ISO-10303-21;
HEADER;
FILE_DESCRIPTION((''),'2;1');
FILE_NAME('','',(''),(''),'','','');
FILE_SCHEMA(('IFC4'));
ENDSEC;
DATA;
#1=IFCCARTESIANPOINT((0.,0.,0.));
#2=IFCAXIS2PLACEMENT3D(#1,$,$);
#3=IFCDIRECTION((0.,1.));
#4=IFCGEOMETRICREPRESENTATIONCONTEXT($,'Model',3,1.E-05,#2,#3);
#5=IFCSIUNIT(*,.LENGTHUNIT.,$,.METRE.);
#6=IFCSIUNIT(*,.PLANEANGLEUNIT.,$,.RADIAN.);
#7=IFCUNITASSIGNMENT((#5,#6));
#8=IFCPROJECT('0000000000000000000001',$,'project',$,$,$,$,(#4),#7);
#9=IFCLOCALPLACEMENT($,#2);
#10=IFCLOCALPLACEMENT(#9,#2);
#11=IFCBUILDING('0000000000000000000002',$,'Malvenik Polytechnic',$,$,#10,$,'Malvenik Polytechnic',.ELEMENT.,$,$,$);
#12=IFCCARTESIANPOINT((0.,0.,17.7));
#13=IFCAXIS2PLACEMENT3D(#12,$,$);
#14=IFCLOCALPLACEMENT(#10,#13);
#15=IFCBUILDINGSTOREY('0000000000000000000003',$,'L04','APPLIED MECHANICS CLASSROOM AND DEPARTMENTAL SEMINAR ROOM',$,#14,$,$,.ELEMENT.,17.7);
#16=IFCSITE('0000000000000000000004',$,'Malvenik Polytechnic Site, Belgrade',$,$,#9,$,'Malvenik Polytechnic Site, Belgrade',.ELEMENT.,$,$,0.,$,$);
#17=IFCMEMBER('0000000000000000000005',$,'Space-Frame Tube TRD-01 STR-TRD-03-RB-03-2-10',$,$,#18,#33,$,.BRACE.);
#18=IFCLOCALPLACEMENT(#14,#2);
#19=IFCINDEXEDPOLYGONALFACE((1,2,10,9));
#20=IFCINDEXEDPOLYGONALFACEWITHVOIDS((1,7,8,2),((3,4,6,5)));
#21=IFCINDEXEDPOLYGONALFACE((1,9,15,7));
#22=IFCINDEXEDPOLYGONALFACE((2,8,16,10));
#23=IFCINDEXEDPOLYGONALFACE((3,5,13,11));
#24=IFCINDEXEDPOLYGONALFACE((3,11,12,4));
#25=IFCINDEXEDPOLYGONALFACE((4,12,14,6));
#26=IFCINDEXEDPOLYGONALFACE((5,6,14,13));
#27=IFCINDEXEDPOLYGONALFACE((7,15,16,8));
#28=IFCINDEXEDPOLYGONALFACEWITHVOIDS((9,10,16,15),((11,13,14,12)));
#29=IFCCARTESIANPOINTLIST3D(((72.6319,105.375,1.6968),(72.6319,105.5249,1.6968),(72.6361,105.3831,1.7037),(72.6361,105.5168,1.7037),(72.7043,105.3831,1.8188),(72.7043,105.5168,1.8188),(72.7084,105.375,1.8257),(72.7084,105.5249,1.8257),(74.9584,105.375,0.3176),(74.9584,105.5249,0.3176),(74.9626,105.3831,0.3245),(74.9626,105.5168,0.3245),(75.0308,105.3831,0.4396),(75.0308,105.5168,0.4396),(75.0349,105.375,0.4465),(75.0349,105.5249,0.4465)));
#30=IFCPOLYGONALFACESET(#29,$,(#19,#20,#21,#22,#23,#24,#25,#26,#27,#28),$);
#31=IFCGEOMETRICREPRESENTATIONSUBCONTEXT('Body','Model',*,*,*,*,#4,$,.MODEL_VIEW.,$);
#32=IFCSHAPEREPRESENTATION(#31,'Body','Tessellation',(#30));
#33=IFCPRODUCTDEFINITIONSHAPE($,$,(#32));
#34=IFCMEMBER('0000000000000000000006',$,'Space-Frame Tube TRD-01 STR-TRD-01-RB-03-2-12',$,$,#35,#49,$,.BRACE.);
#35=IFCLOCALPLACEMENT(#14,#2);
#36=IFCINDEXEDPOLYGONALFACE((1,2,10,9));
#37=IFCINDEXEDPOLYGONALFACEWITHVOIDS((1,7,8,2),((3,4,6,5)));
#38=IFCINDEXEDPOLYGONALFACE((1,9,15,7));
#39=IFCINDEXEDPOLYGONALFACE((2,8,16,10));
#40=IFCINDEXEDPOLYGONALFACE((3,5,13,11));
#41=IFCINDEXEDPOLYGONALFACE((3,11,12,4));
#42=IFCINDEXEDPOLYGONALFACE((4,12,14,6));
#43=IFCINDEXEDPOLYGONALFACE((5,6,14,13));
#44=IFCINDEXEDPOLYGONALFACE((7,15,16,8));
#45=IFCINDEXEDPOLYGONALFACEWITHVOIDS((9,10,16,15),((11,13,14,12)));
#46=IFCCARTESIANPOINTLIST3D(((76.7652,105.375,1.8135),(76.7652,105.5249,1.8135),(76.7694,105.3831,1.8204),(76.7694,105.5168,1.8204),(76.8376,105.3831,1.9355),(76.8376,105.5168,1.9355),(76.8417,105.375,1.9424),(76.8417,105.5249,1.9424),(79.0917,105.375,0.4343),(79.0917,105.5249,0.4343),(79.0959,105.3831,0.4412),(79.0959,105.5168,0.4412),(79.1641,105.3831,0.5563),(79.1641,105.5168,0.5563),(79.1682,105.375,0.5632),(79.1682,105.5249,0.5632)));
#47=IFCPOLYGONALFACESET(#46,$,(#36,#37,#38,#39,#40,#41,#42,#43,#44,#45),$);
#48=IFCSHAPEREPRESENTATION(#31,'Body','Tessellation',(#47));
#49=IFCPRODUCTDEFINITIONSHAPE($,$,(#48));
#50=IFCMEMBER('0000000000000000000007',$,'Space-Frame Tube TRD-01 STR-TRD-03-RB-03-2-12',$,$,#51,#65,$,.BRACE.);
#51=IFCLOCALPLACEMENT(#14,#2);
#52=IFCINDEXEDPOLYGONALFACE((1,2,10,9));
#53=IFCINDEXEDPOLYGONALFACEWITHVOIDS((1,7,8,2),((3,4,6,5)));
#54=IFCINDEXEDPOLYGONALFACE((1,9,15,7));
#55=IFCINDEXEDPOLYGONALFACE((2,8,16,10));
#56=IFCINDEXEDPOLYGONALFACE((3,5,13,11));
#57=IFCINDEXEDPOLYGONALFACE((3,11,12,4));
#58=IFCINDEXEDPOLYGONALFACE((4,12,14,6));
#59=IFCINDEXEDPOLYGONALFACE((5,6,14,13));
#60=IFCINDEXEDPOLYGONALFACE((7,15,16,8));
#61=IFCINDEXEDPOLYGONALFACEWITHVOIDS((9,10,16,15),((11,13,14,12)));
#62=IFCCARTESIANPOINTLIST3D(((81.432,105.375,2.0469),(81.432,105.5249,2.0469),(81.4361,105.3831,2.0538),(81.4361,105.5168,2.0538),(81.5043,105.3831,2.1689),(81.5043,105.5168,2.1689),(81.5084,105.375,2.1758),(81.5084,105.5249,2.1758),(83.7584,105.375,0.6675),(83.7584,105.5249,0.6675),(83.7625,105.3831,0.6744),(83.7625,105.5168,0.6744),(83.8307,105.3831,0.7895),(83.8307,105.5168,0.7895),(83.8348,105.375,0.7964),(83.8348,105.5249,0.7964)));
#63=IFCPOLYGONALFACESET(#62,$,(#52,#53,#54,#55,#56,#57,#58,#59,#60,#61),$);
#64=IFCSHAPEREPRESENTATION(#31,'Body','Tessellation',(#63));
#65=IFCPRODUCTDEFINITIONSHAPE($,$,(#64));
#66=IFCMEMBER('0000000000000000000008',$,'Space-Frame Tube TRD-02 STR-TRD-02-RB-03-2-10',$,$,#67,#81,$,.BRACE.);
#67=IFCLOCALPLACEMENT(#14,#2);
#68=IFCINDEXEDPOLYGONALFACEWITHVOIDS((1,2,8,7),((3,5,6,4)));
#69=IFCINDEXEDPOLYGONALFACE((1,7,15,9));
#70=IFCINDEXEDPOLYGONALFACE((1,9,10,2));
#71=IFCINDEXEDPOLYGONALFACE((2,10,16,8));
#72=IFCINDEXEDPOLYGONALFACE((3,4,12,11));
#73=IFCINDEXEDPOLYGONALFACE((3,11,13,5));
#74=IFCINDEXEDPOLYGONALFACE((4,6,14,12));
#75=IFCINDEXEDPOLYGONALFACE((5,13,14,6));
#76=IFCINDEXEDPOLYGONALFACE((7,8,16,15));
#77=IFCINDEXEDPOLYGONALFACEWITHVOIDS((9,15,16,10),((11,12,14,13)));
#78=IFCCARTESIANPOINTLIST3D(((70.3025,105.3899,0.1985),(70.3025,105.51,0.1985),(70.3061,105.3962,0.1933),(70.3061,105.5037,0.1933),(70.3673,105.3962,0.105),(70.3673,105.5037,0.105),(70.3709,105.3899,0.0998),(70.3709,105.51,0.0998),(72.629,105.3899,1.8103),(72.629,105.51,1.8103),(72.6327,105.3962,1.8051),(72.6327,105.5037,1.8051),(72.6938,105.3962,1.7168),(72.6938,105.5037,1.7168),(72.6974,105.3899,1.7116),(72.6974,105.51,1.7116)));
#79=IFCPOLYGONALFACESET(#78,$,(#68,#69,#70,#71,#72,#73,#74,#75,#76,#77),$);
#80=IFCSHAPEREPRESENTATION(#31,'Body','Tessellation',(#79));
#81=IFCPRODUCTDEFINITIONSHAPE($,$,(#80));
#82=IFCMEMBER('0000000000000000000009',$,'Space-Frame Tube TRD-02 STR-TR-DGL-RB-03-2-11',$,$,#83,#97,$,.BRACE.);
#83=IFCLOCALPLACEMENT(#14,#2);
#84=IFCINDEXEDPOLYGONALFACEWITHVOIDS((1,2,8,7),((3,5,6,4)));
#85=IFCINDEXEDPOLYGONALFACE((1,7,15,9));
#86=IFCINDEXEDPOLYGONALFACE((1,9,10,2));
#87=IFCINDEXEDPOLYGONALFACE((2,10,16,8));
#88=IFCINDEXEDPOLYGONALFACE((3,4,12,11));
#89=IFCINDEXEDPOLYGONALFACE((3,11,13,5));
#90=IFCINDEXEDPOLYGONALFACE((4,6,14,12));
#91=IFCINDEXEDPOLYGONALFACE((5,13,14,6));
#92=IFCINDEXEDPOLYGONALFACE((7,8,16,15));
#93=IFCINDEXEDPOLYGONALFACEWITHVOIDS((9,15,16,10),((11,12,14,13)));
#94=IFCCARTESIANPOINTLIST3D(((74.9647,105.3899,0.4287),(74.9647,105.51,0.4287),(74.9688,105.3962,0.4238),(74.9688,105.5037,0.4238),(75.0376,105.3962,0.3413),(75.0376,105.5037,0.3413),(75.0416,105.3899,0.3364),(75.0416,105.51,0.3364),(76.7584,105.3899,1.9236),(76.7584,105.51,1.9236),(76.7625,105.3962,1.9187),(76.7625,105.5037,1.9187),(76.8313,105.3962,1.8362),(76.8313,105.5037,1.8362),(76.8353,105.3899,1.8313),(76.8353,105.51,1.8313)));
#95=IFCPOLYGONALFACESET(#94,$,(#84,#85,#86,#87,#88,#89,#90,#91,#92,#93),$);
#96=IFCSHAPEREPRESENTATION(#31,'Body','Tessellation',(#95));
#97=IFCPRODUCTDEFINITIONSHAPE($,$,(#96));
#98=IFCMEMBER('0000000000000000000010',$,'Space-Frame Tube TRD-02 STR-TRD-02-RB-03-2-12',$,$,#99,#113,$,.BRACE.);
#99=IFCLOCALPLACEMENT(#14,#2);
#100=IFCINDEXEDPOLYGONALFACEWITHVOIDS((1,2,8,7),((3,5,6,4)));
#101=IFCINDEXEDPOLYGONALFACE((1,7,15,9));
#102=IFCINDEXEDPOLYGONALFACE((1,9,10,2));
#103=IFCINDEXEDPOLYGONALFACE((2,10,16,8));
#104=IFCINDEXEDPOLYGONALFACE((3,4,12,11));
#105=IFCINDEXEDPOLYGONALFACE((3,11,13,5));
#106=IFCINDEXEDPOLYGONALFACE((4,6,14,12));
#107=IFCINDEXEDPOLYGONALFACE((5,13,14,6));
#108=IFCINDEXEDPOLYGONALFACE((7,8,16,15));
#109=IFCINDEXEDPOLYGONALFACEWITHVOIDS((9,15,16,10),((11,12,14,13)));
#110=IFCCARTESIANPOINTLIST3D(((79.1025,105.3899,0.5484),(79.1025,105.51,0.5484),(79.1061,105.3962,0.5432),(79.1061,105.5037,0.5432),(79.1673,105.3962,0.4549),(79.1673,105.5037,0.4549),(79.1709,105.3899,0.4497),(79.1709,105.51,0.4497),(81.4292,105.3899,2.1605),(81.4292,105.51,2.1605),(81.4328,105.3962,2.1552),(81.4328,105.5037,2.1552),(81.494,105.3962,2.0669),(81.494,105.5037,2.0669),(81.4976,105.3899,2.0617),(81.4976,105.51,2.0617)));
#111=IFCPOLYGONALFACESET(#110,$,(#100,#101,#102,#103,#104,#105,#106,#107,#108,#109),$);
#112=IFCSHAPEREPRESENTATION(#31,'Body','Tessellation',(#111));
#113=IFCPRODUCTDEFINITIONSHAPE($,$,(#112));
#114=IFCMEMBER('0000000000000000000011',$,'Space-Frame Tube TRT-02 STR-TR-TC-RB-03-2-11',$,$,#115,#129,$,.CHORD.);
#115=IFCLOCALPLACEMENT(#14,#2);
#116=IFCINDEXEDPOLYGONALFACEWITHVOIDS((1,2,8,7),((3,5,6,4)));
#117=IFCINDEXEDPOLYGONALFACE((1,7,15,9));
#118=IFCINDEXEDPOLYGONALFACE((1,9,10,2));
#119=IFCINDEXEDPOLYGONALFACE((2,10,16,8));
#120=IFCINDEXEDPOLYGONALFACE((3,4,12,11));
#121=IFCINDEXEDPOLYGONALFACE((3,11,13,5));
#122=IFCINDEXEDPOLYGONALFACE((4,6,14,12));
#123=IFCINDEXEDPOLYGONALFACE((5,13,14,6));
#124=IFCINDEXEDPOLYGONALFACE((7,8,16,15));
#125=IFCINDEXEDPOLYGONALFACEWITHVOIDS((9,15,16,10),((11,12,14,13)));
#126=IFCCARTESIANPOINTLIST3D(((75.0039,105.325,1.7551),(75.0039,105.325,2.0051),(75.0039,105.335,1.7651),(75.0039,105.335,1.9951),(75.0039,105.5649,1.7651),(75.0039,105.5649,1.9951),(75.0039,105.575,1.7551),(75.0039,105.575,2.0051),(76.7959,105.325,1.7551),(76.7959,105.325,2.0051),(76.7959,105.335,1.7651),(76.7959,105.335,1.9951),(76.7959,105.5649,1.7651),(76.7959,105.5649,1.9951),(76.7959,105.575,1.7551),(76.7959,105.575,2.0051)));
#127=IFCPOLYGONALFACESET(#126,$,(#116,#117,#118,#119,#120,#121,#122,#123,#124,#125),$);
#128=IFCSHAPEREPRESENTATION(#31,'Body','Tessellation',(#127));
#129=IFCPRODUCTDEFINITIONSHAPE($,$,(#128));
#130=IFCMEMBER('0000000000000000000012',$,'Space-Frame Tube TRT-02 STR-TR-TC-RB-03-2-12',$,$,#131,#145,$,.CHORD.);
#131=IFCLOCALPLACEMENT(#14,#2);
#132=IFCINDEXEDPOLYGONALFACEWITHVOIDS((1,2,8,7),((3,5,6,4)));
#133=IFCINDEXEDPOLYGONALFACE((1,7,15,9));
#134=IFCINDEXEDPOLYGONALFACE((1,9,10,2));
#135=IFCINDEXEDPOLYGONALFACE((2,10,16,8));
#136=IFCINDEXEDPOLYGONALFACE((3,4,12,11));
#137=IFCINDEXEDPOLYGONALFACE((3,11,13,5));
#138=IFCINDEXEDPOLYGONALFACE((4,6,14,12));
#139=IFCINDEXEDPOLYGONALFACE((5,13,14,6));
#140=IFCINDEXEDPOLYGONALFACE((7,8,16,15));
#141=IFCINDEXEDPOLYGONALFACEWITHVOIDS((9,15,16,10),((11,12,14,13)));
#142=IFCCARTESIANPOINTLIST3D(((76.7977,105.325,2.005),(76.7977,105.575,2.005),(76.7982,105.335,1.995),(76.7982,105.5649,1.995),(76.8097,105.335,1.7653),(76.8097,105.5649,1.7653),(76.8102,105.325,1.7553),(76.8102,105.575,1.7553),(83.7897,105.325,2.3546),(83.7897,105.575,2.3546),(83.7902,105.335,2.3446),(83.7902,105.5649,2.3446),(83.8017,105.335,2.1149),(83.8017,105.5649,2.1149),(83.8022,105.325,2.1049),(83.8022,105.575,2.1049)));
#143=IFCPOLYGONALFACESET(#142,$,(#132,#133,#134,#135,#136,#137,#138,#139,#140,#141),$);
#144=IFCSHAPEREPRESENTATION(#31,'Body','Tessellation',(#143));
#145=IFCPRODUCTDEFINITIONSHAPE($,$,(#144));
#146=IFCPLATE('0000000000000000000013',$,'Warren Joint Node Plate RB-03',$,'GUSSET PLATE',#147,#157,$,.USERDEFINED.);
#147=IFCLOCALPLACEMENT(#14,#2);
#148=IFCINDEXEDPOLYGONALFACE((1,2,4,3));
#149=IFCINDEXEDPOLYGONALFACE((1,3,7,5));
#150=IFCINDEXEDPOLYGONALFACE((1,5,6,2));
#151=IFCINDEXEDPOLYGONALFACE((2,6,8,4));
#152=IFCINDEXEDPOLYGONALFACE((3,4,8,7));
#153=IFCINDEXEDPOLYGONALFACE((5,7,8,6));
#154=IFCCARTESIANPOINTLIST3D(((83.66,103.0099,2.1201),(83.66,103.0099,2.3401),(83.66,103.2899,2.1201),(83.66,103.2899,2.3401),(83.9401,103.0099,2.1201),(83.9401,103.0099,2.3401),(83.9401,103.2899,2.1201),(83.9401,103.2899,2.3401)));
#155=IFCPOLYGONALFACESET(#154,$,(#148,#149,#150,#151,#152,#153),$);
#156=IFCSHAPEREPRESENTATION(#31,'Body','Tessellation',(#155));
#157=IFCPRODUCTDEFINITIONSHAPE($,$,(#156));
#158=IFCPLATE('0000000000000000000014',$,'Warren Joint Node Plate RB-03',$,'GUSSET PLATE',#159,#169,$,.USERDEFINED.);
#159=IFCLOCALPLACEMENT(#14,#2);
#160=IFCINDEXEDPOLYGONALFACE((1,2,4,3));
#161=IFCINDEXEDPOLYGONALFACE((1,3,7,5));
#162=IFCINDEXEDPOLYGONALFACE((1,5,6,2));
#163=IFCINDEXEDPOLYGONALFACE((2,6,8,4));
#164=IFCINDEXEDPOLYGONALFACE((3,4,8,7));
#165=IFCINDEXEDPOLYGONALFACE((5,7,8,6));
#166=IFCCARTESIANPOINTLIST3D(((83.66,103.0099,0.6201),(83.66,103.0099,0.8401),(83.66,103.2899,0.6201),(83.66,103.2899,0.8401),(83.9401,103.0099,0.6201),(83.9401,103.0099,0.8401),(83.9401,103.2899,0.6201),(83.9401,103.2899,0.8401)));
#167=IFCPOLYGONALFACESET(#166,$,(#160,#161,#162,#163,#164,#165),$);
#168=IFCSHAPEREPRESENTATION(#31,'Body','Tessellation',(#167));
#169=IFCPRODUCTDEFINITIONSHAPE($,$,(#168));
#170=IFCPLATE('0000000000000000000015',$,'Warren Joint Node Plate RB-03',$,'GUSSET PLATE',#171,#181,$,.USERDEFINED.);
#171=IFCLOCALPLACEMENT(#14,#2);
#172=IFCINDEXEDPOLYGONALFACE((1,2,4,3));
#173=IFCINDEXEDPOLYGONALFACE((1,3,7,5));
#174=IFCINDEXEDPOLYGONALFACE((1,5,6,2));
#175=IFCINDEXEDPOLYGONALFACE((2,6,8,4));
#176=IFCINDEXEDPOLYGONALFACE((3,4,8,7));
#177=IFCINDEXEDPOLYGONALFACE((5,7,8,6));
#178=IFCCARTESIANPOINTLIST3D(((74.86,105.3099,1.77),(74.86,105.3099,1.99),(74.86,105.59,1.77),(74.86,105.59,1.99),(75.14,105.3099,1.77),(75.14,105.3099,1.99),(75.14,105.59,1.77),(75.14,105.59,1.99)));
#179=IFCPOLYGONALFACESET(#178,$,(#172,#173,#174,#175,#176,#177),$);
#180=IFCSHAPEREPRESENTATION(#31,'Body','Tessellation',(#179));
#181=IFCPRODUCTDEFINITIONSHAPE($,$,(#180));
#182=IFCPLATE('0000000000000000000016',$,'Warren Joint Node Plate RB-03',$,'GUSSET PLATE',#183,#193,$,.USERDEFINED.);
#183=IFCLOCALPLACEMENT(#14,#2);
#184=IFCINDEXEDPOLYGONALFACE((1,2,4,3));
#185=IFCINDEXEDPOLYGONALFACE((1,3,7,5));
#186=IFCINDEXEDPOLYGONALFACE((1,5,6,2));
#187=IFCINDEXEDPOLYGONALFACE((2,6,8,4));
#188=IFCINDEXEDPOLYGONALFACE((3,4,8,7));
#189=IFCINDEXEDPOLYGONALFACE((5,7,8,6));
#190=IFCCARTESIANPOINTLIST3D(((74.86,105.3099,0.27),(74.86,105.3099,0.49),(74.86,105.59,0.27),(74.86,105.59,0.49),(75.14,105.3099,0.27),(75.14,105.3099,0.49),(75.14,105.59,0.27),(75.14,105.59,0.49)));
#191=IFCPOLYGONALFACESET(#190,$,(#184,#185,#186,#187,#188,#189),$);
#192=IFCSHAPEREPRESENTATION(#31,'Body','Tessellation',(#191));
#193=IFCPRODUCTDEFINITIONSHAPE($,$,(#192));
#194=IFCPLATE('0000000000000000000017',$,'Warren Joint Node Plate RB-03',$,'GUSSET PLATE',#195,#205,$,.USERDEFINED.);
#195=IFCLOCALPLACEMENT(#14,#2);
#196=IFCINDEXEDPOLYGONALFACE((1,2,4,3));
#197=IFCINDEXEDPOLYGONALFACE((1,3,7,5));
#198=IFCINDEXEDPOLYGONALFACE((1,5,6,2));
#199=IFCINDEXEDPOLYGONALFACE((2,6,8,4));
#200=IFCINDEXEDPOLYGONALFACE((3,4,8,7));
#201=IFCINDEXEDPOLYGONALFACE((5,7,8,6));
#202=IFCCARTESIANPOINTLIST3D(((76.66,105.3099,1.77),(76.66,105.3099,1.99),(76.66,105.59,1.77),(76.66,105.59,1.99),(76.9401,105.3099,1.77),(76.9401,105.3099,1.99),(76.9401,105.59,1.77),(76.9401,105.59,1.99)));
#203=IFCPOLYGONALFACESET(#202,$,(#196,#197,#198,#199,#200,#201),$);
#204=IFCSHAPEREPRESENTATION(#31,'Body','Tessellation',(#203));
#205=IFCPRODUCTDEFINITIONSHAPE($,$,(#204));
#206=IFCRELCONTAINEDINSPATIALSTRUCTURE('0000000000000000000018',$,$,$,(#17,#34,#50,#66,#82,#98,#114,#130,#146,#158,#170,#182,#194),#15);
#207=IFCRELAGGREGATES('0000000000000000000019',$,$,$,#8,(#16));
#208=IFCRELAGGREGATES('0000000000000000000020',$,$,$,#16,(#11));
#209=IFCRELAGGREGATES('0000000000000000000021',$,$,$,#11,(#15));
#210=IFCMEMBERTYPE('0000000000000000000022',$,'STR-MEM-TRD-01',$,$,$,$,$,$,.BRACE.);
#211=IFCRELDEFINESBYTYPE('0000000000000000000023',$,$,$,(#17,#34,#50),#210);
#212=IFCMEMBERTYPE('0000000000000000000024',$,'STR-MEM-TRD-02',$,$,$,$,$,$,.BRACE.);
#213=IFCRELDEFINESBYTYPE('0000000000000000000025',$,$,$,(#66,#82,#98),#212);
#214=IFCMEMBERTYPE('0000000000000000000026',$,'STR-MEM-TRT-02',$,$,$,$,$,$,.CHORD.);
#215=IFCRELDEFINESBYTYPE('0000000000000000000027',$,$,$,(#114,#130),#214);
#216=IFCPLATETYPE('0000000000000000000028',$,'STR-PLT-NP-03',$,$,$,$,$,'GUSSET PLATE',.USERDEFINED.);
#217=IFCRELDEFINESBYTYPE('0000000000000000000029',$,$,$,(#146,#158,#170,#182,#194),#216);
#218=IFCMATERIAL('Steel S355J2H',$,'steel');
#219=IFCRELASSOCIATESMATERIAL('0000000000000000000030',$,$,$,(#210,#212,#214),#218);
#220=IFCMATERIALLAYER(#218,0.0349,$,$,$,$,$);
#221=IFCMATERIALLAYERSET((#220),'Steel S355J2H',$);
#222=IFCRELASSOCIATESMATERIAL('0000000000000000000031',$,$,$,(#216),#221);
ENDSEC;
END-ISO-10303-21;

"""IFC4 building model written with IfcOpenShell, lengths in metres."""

from ifc_helpers import new_model, si_unit, direction, frame, origin, origin_2d, place, context, subcontext, project, spatial, rectangle, hollow_rectangle, extrude, material, layer, layer_set, material_profile, profile_set, type_object, element, save


model = new_model("IFC4")

# Units and contexts
model_context = context("Model", 3, precision=1e-05, world=origin(), true_north=direction((0.0, 1.0)))
body_context = subcontext(model_context, "Body", "Model", "MODEL_VIEW")
ifc_project = project(units=[si_unit("LENGTHUNIT", "METRE"), si_unit("PLANEANGLEUNIT", "RADIAN")], contexts=[model_context])

# Site, building, storey
site_placement = place(None, origin())
site = spatial("IfcSite", under=ifc_project, at=site_placement, Name="Malvenik Polytechnic Site, Belgrade", LongName="Malvenik Polytechnic Site, Belgrade", CompositionType="ELEMENT", RefElevation=0.0)
building_placement = place(site_placement, origin())
building = spatial("IfcBuilding", under=site, at=building_placement, Name="Malvenik Polytechnic", LongName="Malvenik Polytechnic", CompositionType="ELEMENT")
storey_placement = place(building_placement, frame((0.0, 0.0, 17.7)))
storey = spatial("IfcBuildingStorey", under=building, at=storey_placement, Name="L04", Description="APPLIED MECHANICS CLASSROOM AND DEPARTMENTAL SEMINAR ROOM", CompositionType="ELEMENT", Elevation=17.7)

# Shared definitions
ifc_material_1 = material(Name="Steel S355J2H", Category="steel")

# Members
ifc_material_profile_1 = material_profile(ifc_material_1, hollow_rectangle(XDim=0.1499, YDim=0.1499, WallThickness=0.0081, at=origin_2d()), Name="SHS 150x150x8.0")
ifc_profile_set_1 = profile_set([ifc_material_profile_1], Name="Steel S355J2H")
member_type_1 = type_object("IfcMemberType", Name="STR-MEM-TRD-01", PredefinedType="BRACE", material=ifc_profile_set_1)
for number, where, z_axis, x_axis, name in (
    (1, (72.6702, 105.45, 1.7612), (0.860205, 0.0, -0.509948), (0.0, 1.0, 0.0), "Space-Frame Tube TRD-01 STR-TRD-03-RB-03-2-10"),
    (2, (76.8035, 105.45, 1.8779), (0.860205, 0.0, -0.509948), (0.0, 1.0, 0.0), "Space-Frame Tube TRD-01 STR-TRD-01-RB-03-2-12"),
    (3, (81.4702, 105.45, 2.1113), (0.860165, 0.0, -0.510015), (0.0, 1.0, 0.0), "Space-Frame Tube TRD-01 STR-TRD-03-RB-03-2-12"),
):
    element("IfcMember", number, at=place(storey_placement, frame(where, z_axis=z_axis, x_axis=x_axis)), inside=storey, type_object=member_type_1, Name=name, PredefinedType="BRACE", context=body_context, shape_type="SweptSolid", body=[
        extrude(hollow_rectangle(XDim=0.1499, YDim=0.1499, WallThickness=0.0081, at=origin_2d()), origin(), (0.0, 0.0, 1.0), 2.7046),
    ])
ifc_material_profile_2 = material_profile(ifc_material_1, hollow_rectangle(XDim=0.1201, YDim=0.1201, WallThickness=0.0063, at=origin_2d()), Name="SHS 120x120x6.3")
ifc_profile_set_2 = profile_set([ifc_material_profile_2], Name="Steel S355J2H")
member_type_2 = type_object("IfcMemberType", Name="STR-MEM-TRD-02", PredefinedType="BRACE", material=ifc_profile_set_2)
member_1_placement = place(storey_placement, frame((70.3367, 105.45, 0.1492), z_axis=(0.822018, 0.0, 0.569461), x_axis=(0.0, 1.0, 0.0)))
element("IfcMember", 4, at=member_1_placement, inside=storey, type_object=member_type_2, Name="Space-Frame Tube TRD-02 STR-TRD-02-RB-03-2-10", PredefinedType="BRACE", context=body_context, shape_type="SweptSolid", body=[
    extrude(hollow_rectangle(XDim=0.1201, YDim=0.1201, WallThickness=0.0063, at=origin_2d()), origin(), (0.0, 0.0, 1.0), 2.8303),
])
member_2_placement = place(storey_placement, frame((75.0032, 105.45, 0.3826), z_axis=(0.768196, 0.0, 0.640215), x_axis=(0.0, 1.0, 0.0)))
element("IfcMember", 5, at=member_2_placement, inside=storey, type_object=member_type_2, Name="Space-Frame Tube TRD-02 STR-TR-DGL-RB-03-2-11", PredefinedType="BRACE", context=body_context, shape_type="SweptSolid", body=[
    extrude(hollow_rectangle(XDim=0.1201, YDim=0.1201, WallThickness=0.0063, at=origin_2d()), origin(), (0.0, 0.0, 1.0), 2.335),
])
member_3_placement = place(storey_placement, frame((79.1367, 105.45, 0.499), z_axis=(0.821978, 0.0, 0.569519), x_axis=(0.0, 1.0, 0.0)))
element("IfcMember", 6, at=member_3_placement, inside=storey, type_object=member_type_2, Name="Space-Frame Tube TRD-02 STR-TRD-02-RB-03-2-12", PredefinedType="BRACE", context=body_context, shape_type="SweptSolid", body=[
    extrude(hollow_rectangle(XDim=0.1201, YDim=0.1201, WallThickness=0.0063, at=origin_2d()), origin(), (0.0, 0.0, 1.0), 2.8306),
])
ifc_material_profile_3 = material_profile(ifc_material_1, hollow_rectangle(XDim=0.25, YDim=0.25, WallThickness=0.01, at=origin_2d()), Name="SHS 250x250x10.0")
ifc_profile_set_3 = profile_set([ifc_material_profile_3], Name="Steel S355J2H")
member_type_3 = type_object("IfcMemberType", Name="STR-MEM-TRT-02", PredefinedType="CHORD", material=ifc_profile_set_3)
member_4_placement = place(storey_placement, frame((75.0039, 105.45, 1.8801), z_axis=(1.0, 0.0, 0.0), x_axis=(0.0, 1.0, 0.0)))
element("IfcMember", 7, at=member_4_placement, inside=storey, type_object=member_type_3, Name="Space-Frame Tube TRT-02 STR-TR-TC-RB-03-2-11", PredefinedType="CHORD", context=body_context, shape_type="SweptSolid", body=[
    extrude(hollow_rectangle(XDim=0.25, YDim=0.25, WallThickness=0.01, at=origin_2d()), origin(), (0.0, 0.0, 1.0), 1.792),
])
member_5_placement = place(storey_placement, frame((76.804, 105.45, 1.8801), z_axis=(0.998752, 0.0, 0.049939), x_axis=(0.0, 1.0, 0.0)))
element("IfcMember", 8, at=member_5_placement, inside=storey, type_object=member_type_3, Name="Space-Frame Tube TRT-02 STR-TR-TC-RB-03-2-12", PredefinedType="CHORD", context=body_context, shape_type="SweptSolid", body=[
    extrude(hollow_rectangle(XDim=0.25, YDim=0.25, WallThickness=0.01, at=origin_2d()), origin(), (0.0, 0.0, 1.0), 7.0007),
])

# Plates
ifc_layer_1 = layer(ifc_material_1, 0.0349)
ifc_layer_set_1 = layer_set([ifc_layer_1], Name="Steel S355J2H")
plate_type = type_object("IfcPlateType", Name="STR-PLT-NP-03", ElementType="GUSSET PLATE", PredefinedType="USERDEFINED", material=ifc_layer_set_1)
for number, where, z_axis, x_axis, name in (
    (9, (83.8, 103.1499, 2.1201), (0.0, 0.0, 1.0), (1.0, 0.0, 0.0), "Warren Joint Node Plate RB-03"),
    (10, (83.8, 103.1499, 0.6201), (0.0, 0.0, 1.0), (1.0, 0.0, 0.0), "Warren Joint Node Plate RB-03"),
    (11, (75.0, 105.45, 1.77), (0.0, 0.0, 1.0), (1.0, 0.0, 0.0), "Warren Joint Node Plate RB-03"),
    (12, (75.0, 105.45, 0.27), (0.0, 0.0, 1.0), (1.0, 0.0, 0.0), "Warren Joint Node Plate RB-03"),
    (13, (76.8, 105.45, 1.77), (0.0, 0.0, 1.0), (1.0, 0.0, 0.0), "Warren Joint Node Plate RB-03"),
):
    element("IfcPlate", number, at=place(storey_placement, frame(where, z_axis=z_axis, x_axis=x_axis)), inside=storey, type_object=plate_type, Name=name, ObjectType="GUSSET PLATE", PredefinedType="USERDEFINED", context=body_context, shape_type="SweptSolid", body=[
        extrude(rectangle(XDim=0.28, YDim=0.28, at=origin_2d()), origin(), (0.0, 0.0, 1.0), 0.22),
    ])

save(model, "model.ifc")
